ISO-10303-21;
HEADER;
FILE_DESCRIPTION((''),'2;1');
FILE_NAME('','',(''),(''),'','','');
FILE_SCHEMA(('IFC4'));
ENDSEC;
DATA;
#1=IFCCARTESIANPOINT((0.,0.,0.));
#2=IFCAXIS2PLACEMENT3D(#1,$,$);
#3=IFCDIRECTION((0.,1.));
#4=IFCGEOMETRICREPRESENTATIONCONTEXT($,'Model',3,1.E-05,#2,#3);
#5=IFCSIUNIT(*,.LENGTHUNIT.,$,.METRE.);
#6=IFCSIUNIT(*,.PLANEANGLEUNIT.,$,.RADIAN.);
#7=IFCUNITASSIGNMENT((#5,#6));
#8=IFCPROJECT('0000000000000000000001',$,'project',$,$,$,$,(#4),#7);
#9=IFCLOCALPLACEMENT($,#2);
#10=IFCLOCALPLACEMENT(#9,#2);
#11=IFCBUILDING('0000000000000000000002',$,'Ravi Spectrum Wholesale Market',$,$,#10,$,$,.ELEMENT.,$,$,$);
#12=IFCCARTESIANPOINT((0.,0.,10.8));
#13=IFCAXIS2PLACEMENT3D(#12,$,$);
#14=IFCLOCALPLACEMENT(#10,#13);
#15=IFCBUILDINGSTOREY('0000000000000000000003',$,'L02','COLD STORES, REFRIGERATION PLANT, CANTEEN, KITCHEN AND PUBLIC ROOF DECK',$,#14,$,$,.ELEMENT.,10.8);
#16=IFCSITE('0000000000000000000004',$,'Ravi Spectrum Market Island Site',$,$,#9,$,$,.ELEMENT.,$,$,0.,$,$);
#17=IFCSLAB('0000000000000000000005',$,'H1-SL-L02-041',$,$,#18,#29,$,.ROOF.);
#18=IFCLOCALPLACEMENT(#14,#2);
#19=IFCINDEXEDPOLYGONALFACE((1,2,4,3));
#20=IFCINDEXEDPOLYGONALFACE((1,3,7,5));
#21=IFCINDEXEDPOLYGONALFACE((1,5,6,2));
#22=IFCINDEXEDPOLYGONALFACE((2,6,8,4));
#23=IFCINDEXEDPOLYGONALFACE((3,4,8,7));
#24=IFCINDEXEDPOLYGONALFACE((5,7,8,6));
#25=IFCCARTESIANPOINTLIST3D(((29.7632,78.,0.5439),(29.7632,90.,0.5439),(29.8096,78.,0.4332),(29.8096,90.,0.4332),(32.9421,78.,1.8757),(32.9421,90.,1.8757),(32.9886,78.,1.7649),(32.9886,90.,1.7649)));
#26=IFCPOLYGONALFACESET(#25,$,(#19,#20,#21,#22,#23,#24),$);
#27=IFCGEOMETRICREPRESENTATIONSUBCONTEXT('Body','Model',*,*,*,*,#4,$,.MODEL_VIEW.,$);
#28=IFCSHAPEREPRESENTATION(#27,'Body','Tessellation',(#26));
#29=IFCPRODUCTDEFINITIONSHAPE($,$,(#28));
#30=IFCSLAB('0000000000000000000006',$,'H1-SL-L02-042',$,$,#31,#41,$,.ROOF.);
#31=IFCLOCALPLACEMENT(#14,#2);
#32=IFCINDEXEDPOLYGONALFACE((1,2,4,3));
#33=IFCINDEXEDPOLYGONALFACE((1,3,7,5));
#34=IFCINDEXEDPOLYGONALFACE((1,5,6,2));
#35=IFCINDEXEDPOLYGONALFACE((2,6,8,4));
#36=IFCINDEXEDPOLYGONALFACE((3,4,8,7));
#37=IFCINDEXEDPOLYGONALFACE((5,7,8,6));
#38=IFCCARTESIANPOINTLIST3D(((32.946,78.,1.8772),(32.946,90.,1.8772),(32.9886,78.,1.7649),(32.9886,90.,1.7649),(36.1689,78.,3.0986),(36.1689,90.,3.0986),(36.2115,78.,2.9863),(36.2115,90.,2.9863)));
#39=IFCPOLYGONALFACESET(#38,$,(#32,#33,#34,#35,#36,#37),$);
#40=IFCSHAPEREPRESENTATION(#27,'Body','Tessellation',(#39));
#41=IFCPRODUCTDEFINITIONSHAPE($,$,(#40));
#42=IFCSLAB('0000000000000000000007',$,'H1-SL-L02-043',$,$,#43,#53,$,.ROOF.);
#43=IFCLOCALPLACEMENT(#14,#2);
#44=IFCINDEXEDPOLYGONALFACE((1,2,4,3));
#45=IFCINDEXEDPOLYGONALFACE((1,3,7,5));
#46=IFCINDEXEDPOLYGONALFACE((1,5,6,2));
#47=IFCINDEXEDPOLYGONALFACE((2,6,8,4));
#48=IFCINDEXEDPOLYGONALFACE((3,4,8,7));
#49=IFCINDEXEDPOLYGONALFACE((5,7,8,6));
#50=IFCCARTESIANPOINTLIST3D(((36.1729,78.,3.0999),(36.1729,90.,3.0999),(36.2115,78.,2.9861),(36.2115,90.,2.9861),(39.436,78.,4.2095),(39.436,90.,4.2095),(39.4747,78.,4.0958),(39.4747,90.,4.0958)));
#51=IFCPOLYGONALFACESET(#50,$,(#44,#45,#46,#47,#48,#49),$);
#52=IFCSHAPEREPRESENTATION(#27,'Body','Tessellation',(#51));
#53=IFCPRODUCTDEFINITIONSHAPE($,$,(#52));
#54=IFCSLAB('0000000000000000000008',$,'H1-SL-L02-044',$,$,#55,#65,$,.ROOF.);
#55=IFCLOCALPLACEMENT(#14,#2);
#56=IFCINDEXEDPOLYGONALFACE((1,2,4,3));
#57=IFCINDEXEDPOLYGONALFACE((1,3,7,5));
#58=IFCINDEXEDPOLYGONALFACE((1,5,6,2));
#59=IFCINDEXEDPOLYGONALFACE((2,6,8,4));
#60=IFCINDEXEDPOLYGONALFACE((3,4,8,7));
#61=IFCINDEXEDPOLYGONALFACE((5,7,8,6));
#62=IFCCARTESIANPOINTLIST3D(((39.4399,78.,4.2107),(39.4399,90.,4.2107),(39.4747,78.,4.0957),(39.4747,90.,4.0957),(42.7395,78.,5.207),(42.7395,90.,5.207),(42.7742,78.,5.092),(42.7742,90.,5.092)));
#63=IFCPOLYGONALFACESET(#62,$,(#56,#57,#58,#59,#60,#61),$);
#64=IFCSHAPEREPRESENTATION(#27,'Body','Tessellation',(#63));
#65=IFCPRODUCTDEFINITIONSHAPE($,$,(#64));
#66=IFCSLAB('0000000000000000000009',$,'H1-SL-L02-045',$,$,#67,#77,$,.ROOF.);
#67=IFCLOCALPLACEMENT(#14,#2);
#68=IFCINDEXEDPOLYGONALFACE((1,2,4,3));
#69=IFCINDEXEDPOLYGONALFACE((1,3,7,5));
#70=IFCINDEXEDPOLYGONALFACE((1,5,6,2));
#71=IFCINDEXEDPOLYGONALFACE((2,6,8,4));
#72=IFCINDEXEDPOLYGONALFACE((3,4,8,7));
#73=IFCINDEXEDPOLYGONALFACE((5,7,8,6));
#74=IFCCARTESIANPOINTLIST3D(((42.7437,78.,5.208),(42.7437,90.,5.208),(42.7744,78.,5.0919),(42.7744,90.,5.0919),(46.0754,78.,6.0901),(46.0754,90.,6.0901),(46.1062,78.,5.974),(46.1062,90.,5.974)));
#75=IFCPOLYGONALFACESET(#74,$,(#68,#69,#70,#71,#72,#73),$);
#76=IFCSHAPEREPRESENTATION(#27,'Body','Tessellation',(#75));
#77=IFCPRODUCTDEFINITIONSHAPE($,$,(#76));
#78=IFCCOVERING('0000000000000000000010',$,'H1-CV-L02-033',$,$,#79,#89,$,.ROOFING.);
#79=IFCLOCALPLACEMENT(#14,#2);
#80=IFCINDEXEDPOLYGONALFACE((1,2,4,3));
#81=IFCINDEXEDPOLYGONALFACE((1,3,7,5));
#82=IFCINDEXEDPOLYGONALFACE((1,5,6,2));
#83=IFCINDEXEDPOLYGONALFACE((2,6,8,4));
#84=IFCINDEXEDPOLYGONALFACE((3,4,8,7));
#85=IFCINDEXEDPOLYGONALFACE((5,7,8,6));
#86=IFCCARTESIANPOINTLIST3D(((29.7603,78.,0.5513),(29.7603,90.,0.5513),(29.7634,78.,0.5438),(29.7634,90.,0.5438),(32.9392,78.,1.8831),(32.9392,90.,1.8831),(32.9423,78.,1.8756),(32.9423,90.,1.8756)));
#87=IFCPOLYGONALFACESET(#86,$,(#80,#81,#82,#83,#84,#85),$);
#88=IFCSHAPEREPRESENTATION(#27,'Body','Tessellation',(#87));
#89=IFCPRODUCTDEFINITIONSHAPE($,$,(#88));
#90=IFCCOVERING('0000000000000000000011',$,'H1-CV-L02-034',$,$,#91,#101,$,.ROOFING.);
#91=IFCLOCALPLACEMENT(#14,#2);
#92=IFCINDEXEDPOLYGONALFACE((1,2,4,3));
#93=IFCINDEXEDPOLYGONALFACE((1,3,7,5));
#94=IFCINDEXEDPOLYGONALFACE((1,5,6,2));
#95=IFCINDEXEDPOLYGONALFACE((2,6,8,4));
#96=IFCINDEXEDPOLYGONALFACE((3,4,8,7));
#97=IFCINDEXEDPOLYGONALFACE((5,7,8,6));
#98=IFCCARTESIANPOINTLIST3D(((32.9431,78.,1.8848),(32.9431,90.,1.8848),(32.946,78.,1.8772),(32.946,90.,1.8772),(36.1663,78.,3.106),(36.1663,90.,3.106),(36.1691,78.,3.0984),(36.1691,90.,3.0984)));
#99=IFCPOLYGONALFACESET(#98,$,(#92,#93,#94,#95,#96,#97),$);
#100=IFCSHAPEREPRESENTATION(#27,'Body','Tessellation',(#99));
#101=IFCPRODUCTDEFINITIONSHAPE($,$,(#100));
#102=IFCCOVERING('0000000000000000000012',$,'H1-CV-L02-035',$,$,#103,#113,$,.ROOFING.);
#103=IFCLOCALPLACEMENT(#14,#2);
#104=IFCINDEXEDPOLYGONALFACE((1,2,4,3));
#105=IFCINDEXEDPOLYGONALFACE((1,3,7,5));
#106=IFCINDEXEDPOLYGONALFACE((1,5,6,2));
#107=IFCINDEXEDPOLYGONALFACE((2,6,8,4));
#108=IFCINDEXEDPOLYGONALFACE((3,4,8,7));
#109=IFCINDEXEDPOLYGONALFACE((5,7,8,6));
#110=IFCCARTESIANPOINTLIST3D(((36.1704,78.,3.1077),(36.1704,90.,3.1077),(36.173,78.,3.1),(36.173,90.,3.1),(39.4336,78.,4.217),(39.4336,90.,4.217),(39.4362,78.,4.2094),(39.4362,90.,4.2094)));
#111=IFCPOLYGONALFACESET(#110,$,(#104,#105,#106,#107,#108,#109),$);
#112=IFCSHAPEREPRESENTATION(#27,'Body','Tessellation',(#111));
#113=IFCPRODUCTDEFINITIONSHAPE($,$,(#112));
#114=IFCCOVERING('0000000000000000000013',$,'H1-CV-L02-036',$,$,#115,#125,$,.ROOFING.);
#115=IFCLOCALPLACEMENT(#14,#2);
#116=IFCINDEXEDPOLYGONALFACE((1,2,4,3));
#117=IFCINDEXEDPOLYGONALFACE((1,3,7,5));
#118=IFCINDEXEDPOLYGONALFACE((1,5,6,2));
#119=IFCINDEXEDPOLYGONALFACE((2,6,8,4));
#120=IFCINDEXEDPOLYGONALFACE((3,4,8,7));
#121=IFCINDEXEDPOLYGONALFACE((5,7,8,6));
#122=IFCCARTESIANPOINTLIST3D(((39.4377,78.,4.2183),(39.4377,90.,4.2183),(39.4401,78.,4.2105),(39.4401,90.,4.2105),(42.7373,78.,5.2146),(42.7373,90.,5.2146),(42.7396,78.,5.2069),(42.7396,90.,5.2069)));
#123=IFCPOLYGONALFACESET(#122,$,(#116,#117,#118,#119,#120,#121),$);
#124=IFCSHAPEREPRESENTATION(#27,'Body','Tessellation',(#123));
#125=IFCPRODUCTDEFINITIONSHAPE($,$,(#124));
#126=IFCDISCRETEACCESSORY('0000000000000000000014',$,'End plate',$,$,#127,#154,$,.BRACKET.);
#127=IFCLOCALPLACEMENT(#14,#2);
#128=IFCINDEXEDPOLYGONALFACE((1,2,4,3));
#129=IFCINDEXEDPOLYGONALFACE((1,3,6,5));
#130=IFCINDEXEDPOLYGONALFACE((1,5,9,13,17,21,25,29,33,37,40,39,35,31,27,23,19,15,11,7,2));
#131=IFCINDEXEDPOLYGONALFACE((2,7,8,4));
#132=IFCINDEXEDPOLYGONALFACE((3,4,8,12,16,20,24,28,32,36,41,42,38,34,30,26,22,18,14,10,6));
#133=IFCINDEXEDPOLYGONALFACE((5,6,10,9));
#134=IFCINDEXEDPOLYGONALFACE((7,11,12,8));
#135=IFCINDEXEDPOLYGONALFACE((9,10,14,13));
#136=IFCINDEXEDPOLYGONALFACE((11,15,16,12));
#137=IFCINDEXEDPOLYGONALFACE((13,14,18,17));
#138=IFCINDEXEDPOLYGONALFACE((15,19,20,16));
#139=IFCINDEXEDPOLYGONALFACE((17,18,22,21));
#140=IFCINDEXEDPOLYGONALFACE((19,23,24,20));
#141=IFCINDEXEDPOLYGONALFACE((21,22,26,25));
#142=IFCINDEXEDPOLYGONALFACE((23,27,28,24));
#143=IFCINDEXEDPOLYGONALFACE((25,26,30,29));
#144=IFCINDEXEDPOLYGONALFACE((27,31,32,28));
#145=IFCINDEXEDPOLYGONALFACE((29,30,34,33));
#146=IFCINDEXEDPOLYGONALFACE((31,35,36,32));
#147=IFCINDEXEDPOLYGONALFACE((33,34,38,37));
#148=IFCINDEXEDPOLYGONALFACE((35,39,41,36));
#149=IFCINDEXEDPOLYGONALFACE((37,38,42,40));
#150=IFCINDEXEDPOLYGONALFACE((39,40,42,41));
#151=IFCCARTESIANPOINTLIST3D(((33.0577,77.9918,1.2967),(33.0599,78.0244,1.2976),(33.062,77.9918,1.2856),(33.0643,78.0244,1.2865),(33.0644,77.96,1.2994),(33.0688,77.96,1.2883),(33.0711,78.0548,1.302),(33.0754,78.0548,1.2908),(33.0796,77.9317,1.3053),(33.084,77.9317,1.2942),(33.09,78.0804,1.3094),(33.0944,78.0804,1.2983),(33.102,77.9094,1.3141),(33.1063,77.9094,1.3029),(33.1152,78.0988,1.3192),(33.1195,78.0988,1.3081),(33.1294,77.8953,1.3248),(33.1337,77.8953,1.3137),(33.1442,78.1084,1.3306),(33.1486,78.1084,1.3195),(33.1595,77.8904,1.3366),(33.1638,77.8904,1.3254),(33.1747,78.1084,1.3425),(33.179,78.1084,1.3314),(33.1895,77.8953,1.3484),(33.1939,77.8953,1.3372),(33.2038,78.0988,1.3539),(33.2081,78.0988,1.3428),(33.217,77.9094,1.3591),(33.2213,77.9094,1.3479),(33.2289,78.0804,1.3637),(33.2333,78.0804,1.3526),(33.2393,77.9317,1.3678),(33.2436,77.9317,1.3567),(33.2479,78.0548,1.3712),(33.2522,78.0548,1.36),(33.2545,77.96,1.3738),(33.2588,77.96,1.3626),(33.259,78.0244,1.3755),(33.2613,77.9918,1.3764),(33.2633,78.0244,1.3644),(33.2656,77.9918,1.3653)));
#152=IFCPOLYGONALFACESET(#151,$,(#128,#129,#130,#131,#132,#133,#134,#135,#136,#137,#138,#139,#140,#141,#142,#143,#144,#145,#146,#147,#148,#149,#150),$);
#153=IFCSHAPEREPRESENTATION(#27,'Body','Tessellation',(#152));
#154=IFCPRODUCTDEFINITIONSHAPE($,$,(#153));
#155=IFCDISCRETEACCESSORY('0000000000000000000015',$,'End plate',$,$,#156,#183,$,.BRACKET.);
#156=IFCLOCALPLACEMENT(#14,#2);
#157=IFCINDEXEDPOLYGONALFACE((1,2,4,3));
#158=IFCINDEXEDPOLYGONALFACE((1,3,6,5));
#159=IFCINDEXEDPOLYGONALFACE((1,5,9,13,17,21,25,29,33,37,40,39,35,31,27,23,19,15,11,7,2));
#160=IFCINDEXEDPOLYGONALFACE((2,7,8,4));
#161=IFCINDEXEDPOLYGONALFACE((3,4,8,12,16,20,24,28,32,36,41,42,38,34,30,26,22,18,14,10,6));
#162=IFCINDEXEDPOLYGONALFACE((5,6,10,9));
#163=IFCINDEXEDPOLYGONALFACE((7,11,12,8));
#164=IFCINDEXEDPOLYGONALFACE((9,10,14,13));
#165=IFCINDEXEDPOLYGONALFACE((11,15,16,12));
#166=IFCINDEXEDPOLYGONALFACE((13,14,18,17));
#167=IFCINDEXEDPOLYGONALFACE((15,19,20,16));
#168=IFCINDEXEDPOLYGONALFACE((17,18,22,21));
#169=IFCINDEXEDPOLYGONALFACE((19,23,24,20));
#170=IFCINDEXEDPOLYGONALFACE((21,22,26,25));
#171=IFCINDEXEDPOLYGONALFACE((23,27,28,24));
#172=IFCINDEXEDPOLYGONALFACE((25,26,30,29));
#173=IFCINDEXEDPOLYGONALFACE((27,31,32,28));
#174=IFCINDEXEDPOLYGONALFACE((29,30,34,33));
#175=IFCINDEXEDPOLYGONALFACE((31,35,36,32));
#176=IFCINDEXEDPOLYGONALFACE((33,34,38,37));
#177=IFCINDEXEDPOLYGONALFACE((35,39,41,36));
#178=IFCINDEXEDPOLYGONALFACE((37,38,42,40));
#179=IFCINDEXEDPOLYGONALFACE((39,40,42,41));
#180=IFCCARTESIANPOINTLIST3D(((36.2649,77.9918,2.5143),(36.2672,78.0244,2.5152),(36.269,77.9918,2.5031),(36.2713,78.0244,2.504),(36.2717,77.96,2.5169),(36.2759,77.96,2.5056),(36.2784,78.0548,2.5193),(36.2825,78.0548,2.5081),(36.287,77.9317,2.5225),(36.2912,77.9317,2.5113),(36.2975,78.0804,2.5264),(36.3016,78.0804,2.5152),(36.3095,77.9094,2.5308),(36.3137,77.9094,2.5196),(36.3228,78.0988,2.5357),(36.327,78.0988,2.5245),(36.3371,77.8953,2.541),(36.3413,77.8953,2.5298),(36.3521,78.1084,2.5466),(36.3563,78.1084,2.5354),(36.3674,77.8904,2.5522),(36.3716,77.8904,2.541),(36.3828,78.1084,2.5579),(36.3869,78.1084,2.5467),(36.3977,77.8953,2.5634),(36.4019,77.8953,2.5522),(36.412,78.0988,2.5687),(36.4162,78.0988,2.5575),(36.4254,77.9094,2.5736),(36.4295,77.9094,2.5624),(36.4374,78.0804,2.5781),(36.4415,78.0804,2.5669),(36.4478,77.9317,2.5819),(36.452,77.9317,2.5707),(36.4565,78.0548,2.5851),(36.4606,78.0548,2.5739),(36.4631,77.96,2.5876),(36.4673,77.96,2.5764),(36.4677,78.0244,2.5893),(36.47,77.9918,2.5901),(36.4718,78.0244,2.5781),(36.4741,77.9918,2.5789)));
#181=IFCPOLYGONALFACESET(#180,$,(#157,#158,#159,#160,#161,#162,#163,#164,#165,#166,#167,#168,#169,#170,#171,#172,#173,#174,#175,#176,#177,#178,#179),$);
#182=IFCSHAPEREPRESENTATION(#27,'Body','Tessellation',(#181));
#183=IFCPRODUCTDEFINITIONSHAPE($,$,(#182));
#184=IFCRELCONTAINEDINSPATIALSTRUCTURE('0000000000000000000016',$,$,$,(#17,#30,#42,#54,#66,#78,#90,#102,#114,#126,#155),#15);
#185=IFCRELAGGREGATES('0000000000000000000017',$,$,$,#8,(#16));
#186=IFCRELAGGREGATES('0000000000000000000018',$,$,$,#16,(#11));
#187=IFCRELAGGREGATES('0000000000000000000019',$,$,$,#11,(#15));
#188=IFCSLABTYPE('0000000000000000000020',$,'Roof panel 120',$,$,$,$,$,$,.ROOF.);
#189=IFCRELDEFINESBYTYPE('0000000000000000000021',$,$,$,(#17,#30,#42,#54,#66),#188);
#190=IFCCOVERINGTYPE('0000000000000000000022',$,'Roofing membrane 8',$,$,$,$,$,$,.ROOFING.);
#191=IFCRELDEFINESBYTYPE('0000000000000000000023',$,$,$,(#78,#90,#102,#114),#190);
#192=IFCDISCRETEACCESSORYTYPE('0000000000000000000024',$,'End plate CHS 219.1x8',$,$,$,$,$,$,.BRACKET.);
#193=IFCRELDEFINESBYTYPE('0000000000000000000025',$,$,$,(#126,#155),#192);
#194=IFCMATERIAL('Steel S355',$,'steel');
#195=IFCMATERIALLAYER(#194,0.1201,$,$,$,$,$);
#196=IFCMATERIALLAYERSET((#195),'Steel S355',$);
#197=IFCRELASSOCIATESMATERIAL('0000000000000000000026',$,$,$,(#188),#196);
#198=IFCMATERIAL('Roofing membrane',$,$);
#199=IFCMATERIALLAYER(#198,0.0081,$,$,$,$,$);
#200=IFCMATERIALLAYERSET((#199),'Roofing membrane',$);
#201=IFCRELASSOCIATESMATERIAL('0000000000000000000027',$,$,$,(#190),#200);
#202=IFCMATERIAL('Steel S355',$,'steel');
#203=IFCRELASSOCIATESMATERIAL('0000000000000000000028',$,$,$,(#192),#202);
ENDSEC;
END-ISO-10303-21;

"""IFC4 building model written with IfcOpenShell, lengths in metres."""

from ifc_helpers import new_model, si_unit, direction, frame, origin, origin_2d, place, context, subcontext, project, spatial, polyline, circle, outline, extrude, material, layer, layer_set, material_profile, profile_set, type_object, element, save


model = new_model("IFC4")

# Units and contexts
model_context = context("Model", 3, precision=1e-05, world=origin(), true_north=direction((0.0, 1.0)))
body_context = subcontext(model_context, "Body", "Model", "MODEL_VIEW")
ifc_project = project(units=[si_unit("LENGTHUNIT", "METRE"), si_unit("PLANEANGLEUNIT", "RADIAN")], contexts=[model_context])

# Site, building, storey
site_placement = place(None, origin())
site = spatial("IfcSite", under=ifc_project, at=site_placement, Name="Ravi Spectrum Market Island Site", CompositionType="ELEMENT", RefElevation=0.0)
building_placement = place(site_placement, origin())
building = spatial("IfcBuilding", under=site, at=building_placement, Name="Ravi Spectrum Wholesale Market", CompositionType="ELEMENT")
storey_placement = place(building_placement, frame((0.0, 0.0, 10.8)))
storey = spatial("IfcBuildingStorey", under=building, at=storey_placement, Name="L02", Description="COLD STORES, REFRIGERATION PLANT, CANTEEN, KITCHEN AND PUBLIC ROOF DECK", CompositionType="ELEMENT", Elevation=10.8)

# Slabs
ifc_material_1 = material(Name="Steel S355", Category="steel")
ifc_layer_1 = layer(ifc_material_1, 0.1201)
ifc_layer_set_1 = layer_set([ifc_layer_1], Name="Steel S355")
slab_type = type_object("IfcSlabType", Name="Roof panel 120", PredefinedType="ROOF", material=ifc_layer_set_1)
slab_1_placement = place(storey_placement, frame((29.7632, 78.0, 0.5439), z_axis=(-0.3864, 0.0, 0.922331), x_axis=(0.922331, 0.0, 0.3864)))
element("IfcSlab", 1, at=slab_1_placement, inside=storey, type_object=slab_type, Name="H1-SL-L02-041", PredefinedType="ROOF", context=body_context, shape_type="SweptSolid", body=[
    extrude(outline(polyline([(0.0, 0.0), (3.4467, 0.0), (3.4467, 12.0), (0.0, 12.0), (0.0, 0.0)])), origin(), (0.0, 0.0, -1.0), 0.1201),
])
slab_2_placement = place(storey_placement, frame((32.946, 78.0, 1.8772), z_axis=(-0.354389, 0.0, 0.935098), x_axis=(0.935098, 0.0, 0.354389)))
element("IfcSlab", 2, at=slab_2_placement, inside=storey, type_object=slab_type, Name="H1-SL-L02-042", PredefinedType="ROOF", context=body_context, shape_type="SweptSolid", body=[
    extrude(outline(polyline([(0.0, 0.0), (3.4466, 0.0), (3.4466, 12.0), (0.0, 12.0), (0.0, 0.0)])), origin(), (0.0, 0.0, -1.0), 0.1201),
])
slab_3_placement = place(storey_placement, frame((36.1729, 78.0, 3.0999), z_axis=(-0.321938, 0.0, 0.946761), x_axis=(0.946761, 0.0, 0.321938)))
element("IfcSlab", 3, at=slab_3_placement, inside=storey, type_object=slab_type, Name="H1-SL-L02-043", PredefinedType="ROOF", context=body_context, shape_type="SweptSolid", body=[
    extrude(outline(polyline([(0.0, 0.0), (3.4467, 0.0), (3.4467, 12.0), (0.0, 12.0), (0.0, 0.0)])), origin(), (0.0, 0.0, -1.0), 0.1201),
])
slab_4_placement = place(storey_placement, frame((39.4399, 78.0, 4.2107), z_axis=(-0.28907, 0.0, 0.957308), x_axis=(0.957308, 0.0, 0.28907)))
element("IfcSlab", 4, at=slab_4_placement, inside=storey, type_object=slab_type, Name="H1-SL-L02-044", PredefinedType="ROOF", context=body_context, shape_type="SweptSolid", body=[
    extrude(outline(polyline([(0.0, 0.0), (3.4467, 0.0), (3.4467, 12.0), (0.0, 12.0), (0.0, 0.0)])), origin(), (0.0, 0.0, -1.0), 0.1201),
])
slab_5_placement = place(storey_placement, frame((42.7437, 78.0, 5.208), z_axis=(-0.25593, 0.0, 0.966695), x_axis=(0.966695, 0.0, 0.25593)))
element("IfcSlab", 5, at=slab_5_placement, inside=storey, type_object=slab_type, Name="H1-SL-L02-045", PredefinedType="ROOF", context=body_context, shape_type="SweptSolid", body=[
    extrude(outline(polyline([(0.0, 0.0), (3.4466, 0.0), (3.4466, 12.0), (0.0, 12.0), (0.0, 0.0)])), origin(), (0.0, 0.0, -1.0), 0.1201),
])

# Coverings
ifc_material_2 = material(Name="Roofing membrane")
ifc_layer_2 = layer(ifc_material_2, 0.0081)
ifc_layer_set_2 = layer_set([ifc_layer_2], Name="Roofing membrane")
covering_type = type_object("IfcCoveringType", Name="Roofing membrane 8", PredefinedType="ROOFING", material=ifc_layer_set_2)
covering_1_placement = place(storey_placement, frame((29.7603, 78.0, 0.5513), z_axis=(-0.3864, 0.0, 0.922331), x_axis=(0.922331, 0.0, 0.3864)))
element("IfcCovering", 6, at=covering_1_placement, inside=storey, type_object=covering_type, Name="H1-CV-L02-033", PredefinedType="ROOFING", context=body_context, shape_type="SweptSolid", body=[
    extrude(outline(polyline([(0.0, 0.0), (3.4467, 0.0), (3.4467, 12.0), (0.0, 12.0), (0.0, 0.0)])), origin(), (0.0, 0.0, -1.0), 0.0081),
])
covering_2_placement = place(storey_placement, frame((32.9431, 78.0, 1.8848), z_axis=(-0.354304, 0.0, 0.93513), x_axis=(0.93513, 0.0, 0.354304)))
element("IfcCovering", 7, at=covering_2_placement, inside=storey, type_object=covering_type, Name="H1-CV-L02-034", PredefinedType="ROOFING", context=body_context, shape_type="SweptSolid", body=[
    extrude(outline(polyline([(0.0, 0.0), (3.4467, 0.0), (3.4467, 12.0), (0.0, 12.0), (0.0, 0.0)])), origin(), (0.0, 0.0, -1.0), 0.0081),
])
covering_3_placement = place(storey_placement, frame((36.1704, 78.0, 3.1077), z_axis=(-0.321875, 0.0, 0.946782), x_axis=(0.946782, 0.0, 0.321875)))
element("IfcCovering", 8, at=covering_3_placement, inside=storey, type_object=covering_type, Name="H1-CV-L02-035", PredefinedType="ROOFING", context=body_context, shape_type="SweptSolid", body=[
    extrude(outline(polyline([(0.0, 0.0), (3.4466, 0.0), (3.4466, 12.0), (0.0, 12.0), (0.0, 0.0)])), origin(), (0.0, 0.0, -1.0), 0.0081),
])
covering_4_placement = place(storey_placement, frame((39.4377, 78.0, 4.2183), z_axis=(-0.28907, 0.0, 0.957308), x_axis=(0.957308, 0.0, 0.28907)))
element("IfcCovering", 9, at=covering_4_placement, inside=storey, type_object=covering_type, Name="H1-CV-L02-036", PredefinedType="ROOFING", context=body_context, shape_type="SweptSolid", body=[
    extrude(outline(polyline([(0.0, 0.0), (3.4467, 0.0), (3.4467, 12.0), (0.0, 12.0), (0.0, 0.0)])), origin(), (0.0, 0.0, -1.0), 0.0081),
])

# Discrete accessories
ifc_material_3 = material(Name="Steel S355", Category="steel")
ifc_material_profile_1 = material_profile(ifc_material_3, circle(Radius=0.1096, at=origin_2d()))
ifc_profile_set_1 = profile_set([ifc_material_profile_1], Name="Steel S355")
discrete_accessory_type_1 = type_object("IfcDiscreteAccessoryType", Name="End plate CHS 219.1x8", PredefinedType="BRACKET", material=ifc_profile_set_1)
for number, where, z_axis, x_axis, name in (
    (10, (33.1638, 78.0, 1.3254), (-0.364399, 0.0, 0.931243), (0.0, -1.0, 0.0), "End plate"),
    (11, (36.3716, 78.0, 2.541), (-0.34665, 0.0, 0.937994), (0.0, -1.0, 0.0), "End plate"),
):
    element("IfcDiscreteAccessory", number, at=place(storey_placement, frame(where, z_axis=z_axis, x_axis=x_axis)), inside=storey, type_object=discrete_accessory_type_1, Name=name, PredefinedType="BRACKET", context=body_context, shape_type="SweptSolid", body=[
        extrude(circle(Radius=0.1096, at=origin_2d()), origin(), (0.0, 0.0, 1.0), 0.012),
    ])

save(model, "model.ifc")
